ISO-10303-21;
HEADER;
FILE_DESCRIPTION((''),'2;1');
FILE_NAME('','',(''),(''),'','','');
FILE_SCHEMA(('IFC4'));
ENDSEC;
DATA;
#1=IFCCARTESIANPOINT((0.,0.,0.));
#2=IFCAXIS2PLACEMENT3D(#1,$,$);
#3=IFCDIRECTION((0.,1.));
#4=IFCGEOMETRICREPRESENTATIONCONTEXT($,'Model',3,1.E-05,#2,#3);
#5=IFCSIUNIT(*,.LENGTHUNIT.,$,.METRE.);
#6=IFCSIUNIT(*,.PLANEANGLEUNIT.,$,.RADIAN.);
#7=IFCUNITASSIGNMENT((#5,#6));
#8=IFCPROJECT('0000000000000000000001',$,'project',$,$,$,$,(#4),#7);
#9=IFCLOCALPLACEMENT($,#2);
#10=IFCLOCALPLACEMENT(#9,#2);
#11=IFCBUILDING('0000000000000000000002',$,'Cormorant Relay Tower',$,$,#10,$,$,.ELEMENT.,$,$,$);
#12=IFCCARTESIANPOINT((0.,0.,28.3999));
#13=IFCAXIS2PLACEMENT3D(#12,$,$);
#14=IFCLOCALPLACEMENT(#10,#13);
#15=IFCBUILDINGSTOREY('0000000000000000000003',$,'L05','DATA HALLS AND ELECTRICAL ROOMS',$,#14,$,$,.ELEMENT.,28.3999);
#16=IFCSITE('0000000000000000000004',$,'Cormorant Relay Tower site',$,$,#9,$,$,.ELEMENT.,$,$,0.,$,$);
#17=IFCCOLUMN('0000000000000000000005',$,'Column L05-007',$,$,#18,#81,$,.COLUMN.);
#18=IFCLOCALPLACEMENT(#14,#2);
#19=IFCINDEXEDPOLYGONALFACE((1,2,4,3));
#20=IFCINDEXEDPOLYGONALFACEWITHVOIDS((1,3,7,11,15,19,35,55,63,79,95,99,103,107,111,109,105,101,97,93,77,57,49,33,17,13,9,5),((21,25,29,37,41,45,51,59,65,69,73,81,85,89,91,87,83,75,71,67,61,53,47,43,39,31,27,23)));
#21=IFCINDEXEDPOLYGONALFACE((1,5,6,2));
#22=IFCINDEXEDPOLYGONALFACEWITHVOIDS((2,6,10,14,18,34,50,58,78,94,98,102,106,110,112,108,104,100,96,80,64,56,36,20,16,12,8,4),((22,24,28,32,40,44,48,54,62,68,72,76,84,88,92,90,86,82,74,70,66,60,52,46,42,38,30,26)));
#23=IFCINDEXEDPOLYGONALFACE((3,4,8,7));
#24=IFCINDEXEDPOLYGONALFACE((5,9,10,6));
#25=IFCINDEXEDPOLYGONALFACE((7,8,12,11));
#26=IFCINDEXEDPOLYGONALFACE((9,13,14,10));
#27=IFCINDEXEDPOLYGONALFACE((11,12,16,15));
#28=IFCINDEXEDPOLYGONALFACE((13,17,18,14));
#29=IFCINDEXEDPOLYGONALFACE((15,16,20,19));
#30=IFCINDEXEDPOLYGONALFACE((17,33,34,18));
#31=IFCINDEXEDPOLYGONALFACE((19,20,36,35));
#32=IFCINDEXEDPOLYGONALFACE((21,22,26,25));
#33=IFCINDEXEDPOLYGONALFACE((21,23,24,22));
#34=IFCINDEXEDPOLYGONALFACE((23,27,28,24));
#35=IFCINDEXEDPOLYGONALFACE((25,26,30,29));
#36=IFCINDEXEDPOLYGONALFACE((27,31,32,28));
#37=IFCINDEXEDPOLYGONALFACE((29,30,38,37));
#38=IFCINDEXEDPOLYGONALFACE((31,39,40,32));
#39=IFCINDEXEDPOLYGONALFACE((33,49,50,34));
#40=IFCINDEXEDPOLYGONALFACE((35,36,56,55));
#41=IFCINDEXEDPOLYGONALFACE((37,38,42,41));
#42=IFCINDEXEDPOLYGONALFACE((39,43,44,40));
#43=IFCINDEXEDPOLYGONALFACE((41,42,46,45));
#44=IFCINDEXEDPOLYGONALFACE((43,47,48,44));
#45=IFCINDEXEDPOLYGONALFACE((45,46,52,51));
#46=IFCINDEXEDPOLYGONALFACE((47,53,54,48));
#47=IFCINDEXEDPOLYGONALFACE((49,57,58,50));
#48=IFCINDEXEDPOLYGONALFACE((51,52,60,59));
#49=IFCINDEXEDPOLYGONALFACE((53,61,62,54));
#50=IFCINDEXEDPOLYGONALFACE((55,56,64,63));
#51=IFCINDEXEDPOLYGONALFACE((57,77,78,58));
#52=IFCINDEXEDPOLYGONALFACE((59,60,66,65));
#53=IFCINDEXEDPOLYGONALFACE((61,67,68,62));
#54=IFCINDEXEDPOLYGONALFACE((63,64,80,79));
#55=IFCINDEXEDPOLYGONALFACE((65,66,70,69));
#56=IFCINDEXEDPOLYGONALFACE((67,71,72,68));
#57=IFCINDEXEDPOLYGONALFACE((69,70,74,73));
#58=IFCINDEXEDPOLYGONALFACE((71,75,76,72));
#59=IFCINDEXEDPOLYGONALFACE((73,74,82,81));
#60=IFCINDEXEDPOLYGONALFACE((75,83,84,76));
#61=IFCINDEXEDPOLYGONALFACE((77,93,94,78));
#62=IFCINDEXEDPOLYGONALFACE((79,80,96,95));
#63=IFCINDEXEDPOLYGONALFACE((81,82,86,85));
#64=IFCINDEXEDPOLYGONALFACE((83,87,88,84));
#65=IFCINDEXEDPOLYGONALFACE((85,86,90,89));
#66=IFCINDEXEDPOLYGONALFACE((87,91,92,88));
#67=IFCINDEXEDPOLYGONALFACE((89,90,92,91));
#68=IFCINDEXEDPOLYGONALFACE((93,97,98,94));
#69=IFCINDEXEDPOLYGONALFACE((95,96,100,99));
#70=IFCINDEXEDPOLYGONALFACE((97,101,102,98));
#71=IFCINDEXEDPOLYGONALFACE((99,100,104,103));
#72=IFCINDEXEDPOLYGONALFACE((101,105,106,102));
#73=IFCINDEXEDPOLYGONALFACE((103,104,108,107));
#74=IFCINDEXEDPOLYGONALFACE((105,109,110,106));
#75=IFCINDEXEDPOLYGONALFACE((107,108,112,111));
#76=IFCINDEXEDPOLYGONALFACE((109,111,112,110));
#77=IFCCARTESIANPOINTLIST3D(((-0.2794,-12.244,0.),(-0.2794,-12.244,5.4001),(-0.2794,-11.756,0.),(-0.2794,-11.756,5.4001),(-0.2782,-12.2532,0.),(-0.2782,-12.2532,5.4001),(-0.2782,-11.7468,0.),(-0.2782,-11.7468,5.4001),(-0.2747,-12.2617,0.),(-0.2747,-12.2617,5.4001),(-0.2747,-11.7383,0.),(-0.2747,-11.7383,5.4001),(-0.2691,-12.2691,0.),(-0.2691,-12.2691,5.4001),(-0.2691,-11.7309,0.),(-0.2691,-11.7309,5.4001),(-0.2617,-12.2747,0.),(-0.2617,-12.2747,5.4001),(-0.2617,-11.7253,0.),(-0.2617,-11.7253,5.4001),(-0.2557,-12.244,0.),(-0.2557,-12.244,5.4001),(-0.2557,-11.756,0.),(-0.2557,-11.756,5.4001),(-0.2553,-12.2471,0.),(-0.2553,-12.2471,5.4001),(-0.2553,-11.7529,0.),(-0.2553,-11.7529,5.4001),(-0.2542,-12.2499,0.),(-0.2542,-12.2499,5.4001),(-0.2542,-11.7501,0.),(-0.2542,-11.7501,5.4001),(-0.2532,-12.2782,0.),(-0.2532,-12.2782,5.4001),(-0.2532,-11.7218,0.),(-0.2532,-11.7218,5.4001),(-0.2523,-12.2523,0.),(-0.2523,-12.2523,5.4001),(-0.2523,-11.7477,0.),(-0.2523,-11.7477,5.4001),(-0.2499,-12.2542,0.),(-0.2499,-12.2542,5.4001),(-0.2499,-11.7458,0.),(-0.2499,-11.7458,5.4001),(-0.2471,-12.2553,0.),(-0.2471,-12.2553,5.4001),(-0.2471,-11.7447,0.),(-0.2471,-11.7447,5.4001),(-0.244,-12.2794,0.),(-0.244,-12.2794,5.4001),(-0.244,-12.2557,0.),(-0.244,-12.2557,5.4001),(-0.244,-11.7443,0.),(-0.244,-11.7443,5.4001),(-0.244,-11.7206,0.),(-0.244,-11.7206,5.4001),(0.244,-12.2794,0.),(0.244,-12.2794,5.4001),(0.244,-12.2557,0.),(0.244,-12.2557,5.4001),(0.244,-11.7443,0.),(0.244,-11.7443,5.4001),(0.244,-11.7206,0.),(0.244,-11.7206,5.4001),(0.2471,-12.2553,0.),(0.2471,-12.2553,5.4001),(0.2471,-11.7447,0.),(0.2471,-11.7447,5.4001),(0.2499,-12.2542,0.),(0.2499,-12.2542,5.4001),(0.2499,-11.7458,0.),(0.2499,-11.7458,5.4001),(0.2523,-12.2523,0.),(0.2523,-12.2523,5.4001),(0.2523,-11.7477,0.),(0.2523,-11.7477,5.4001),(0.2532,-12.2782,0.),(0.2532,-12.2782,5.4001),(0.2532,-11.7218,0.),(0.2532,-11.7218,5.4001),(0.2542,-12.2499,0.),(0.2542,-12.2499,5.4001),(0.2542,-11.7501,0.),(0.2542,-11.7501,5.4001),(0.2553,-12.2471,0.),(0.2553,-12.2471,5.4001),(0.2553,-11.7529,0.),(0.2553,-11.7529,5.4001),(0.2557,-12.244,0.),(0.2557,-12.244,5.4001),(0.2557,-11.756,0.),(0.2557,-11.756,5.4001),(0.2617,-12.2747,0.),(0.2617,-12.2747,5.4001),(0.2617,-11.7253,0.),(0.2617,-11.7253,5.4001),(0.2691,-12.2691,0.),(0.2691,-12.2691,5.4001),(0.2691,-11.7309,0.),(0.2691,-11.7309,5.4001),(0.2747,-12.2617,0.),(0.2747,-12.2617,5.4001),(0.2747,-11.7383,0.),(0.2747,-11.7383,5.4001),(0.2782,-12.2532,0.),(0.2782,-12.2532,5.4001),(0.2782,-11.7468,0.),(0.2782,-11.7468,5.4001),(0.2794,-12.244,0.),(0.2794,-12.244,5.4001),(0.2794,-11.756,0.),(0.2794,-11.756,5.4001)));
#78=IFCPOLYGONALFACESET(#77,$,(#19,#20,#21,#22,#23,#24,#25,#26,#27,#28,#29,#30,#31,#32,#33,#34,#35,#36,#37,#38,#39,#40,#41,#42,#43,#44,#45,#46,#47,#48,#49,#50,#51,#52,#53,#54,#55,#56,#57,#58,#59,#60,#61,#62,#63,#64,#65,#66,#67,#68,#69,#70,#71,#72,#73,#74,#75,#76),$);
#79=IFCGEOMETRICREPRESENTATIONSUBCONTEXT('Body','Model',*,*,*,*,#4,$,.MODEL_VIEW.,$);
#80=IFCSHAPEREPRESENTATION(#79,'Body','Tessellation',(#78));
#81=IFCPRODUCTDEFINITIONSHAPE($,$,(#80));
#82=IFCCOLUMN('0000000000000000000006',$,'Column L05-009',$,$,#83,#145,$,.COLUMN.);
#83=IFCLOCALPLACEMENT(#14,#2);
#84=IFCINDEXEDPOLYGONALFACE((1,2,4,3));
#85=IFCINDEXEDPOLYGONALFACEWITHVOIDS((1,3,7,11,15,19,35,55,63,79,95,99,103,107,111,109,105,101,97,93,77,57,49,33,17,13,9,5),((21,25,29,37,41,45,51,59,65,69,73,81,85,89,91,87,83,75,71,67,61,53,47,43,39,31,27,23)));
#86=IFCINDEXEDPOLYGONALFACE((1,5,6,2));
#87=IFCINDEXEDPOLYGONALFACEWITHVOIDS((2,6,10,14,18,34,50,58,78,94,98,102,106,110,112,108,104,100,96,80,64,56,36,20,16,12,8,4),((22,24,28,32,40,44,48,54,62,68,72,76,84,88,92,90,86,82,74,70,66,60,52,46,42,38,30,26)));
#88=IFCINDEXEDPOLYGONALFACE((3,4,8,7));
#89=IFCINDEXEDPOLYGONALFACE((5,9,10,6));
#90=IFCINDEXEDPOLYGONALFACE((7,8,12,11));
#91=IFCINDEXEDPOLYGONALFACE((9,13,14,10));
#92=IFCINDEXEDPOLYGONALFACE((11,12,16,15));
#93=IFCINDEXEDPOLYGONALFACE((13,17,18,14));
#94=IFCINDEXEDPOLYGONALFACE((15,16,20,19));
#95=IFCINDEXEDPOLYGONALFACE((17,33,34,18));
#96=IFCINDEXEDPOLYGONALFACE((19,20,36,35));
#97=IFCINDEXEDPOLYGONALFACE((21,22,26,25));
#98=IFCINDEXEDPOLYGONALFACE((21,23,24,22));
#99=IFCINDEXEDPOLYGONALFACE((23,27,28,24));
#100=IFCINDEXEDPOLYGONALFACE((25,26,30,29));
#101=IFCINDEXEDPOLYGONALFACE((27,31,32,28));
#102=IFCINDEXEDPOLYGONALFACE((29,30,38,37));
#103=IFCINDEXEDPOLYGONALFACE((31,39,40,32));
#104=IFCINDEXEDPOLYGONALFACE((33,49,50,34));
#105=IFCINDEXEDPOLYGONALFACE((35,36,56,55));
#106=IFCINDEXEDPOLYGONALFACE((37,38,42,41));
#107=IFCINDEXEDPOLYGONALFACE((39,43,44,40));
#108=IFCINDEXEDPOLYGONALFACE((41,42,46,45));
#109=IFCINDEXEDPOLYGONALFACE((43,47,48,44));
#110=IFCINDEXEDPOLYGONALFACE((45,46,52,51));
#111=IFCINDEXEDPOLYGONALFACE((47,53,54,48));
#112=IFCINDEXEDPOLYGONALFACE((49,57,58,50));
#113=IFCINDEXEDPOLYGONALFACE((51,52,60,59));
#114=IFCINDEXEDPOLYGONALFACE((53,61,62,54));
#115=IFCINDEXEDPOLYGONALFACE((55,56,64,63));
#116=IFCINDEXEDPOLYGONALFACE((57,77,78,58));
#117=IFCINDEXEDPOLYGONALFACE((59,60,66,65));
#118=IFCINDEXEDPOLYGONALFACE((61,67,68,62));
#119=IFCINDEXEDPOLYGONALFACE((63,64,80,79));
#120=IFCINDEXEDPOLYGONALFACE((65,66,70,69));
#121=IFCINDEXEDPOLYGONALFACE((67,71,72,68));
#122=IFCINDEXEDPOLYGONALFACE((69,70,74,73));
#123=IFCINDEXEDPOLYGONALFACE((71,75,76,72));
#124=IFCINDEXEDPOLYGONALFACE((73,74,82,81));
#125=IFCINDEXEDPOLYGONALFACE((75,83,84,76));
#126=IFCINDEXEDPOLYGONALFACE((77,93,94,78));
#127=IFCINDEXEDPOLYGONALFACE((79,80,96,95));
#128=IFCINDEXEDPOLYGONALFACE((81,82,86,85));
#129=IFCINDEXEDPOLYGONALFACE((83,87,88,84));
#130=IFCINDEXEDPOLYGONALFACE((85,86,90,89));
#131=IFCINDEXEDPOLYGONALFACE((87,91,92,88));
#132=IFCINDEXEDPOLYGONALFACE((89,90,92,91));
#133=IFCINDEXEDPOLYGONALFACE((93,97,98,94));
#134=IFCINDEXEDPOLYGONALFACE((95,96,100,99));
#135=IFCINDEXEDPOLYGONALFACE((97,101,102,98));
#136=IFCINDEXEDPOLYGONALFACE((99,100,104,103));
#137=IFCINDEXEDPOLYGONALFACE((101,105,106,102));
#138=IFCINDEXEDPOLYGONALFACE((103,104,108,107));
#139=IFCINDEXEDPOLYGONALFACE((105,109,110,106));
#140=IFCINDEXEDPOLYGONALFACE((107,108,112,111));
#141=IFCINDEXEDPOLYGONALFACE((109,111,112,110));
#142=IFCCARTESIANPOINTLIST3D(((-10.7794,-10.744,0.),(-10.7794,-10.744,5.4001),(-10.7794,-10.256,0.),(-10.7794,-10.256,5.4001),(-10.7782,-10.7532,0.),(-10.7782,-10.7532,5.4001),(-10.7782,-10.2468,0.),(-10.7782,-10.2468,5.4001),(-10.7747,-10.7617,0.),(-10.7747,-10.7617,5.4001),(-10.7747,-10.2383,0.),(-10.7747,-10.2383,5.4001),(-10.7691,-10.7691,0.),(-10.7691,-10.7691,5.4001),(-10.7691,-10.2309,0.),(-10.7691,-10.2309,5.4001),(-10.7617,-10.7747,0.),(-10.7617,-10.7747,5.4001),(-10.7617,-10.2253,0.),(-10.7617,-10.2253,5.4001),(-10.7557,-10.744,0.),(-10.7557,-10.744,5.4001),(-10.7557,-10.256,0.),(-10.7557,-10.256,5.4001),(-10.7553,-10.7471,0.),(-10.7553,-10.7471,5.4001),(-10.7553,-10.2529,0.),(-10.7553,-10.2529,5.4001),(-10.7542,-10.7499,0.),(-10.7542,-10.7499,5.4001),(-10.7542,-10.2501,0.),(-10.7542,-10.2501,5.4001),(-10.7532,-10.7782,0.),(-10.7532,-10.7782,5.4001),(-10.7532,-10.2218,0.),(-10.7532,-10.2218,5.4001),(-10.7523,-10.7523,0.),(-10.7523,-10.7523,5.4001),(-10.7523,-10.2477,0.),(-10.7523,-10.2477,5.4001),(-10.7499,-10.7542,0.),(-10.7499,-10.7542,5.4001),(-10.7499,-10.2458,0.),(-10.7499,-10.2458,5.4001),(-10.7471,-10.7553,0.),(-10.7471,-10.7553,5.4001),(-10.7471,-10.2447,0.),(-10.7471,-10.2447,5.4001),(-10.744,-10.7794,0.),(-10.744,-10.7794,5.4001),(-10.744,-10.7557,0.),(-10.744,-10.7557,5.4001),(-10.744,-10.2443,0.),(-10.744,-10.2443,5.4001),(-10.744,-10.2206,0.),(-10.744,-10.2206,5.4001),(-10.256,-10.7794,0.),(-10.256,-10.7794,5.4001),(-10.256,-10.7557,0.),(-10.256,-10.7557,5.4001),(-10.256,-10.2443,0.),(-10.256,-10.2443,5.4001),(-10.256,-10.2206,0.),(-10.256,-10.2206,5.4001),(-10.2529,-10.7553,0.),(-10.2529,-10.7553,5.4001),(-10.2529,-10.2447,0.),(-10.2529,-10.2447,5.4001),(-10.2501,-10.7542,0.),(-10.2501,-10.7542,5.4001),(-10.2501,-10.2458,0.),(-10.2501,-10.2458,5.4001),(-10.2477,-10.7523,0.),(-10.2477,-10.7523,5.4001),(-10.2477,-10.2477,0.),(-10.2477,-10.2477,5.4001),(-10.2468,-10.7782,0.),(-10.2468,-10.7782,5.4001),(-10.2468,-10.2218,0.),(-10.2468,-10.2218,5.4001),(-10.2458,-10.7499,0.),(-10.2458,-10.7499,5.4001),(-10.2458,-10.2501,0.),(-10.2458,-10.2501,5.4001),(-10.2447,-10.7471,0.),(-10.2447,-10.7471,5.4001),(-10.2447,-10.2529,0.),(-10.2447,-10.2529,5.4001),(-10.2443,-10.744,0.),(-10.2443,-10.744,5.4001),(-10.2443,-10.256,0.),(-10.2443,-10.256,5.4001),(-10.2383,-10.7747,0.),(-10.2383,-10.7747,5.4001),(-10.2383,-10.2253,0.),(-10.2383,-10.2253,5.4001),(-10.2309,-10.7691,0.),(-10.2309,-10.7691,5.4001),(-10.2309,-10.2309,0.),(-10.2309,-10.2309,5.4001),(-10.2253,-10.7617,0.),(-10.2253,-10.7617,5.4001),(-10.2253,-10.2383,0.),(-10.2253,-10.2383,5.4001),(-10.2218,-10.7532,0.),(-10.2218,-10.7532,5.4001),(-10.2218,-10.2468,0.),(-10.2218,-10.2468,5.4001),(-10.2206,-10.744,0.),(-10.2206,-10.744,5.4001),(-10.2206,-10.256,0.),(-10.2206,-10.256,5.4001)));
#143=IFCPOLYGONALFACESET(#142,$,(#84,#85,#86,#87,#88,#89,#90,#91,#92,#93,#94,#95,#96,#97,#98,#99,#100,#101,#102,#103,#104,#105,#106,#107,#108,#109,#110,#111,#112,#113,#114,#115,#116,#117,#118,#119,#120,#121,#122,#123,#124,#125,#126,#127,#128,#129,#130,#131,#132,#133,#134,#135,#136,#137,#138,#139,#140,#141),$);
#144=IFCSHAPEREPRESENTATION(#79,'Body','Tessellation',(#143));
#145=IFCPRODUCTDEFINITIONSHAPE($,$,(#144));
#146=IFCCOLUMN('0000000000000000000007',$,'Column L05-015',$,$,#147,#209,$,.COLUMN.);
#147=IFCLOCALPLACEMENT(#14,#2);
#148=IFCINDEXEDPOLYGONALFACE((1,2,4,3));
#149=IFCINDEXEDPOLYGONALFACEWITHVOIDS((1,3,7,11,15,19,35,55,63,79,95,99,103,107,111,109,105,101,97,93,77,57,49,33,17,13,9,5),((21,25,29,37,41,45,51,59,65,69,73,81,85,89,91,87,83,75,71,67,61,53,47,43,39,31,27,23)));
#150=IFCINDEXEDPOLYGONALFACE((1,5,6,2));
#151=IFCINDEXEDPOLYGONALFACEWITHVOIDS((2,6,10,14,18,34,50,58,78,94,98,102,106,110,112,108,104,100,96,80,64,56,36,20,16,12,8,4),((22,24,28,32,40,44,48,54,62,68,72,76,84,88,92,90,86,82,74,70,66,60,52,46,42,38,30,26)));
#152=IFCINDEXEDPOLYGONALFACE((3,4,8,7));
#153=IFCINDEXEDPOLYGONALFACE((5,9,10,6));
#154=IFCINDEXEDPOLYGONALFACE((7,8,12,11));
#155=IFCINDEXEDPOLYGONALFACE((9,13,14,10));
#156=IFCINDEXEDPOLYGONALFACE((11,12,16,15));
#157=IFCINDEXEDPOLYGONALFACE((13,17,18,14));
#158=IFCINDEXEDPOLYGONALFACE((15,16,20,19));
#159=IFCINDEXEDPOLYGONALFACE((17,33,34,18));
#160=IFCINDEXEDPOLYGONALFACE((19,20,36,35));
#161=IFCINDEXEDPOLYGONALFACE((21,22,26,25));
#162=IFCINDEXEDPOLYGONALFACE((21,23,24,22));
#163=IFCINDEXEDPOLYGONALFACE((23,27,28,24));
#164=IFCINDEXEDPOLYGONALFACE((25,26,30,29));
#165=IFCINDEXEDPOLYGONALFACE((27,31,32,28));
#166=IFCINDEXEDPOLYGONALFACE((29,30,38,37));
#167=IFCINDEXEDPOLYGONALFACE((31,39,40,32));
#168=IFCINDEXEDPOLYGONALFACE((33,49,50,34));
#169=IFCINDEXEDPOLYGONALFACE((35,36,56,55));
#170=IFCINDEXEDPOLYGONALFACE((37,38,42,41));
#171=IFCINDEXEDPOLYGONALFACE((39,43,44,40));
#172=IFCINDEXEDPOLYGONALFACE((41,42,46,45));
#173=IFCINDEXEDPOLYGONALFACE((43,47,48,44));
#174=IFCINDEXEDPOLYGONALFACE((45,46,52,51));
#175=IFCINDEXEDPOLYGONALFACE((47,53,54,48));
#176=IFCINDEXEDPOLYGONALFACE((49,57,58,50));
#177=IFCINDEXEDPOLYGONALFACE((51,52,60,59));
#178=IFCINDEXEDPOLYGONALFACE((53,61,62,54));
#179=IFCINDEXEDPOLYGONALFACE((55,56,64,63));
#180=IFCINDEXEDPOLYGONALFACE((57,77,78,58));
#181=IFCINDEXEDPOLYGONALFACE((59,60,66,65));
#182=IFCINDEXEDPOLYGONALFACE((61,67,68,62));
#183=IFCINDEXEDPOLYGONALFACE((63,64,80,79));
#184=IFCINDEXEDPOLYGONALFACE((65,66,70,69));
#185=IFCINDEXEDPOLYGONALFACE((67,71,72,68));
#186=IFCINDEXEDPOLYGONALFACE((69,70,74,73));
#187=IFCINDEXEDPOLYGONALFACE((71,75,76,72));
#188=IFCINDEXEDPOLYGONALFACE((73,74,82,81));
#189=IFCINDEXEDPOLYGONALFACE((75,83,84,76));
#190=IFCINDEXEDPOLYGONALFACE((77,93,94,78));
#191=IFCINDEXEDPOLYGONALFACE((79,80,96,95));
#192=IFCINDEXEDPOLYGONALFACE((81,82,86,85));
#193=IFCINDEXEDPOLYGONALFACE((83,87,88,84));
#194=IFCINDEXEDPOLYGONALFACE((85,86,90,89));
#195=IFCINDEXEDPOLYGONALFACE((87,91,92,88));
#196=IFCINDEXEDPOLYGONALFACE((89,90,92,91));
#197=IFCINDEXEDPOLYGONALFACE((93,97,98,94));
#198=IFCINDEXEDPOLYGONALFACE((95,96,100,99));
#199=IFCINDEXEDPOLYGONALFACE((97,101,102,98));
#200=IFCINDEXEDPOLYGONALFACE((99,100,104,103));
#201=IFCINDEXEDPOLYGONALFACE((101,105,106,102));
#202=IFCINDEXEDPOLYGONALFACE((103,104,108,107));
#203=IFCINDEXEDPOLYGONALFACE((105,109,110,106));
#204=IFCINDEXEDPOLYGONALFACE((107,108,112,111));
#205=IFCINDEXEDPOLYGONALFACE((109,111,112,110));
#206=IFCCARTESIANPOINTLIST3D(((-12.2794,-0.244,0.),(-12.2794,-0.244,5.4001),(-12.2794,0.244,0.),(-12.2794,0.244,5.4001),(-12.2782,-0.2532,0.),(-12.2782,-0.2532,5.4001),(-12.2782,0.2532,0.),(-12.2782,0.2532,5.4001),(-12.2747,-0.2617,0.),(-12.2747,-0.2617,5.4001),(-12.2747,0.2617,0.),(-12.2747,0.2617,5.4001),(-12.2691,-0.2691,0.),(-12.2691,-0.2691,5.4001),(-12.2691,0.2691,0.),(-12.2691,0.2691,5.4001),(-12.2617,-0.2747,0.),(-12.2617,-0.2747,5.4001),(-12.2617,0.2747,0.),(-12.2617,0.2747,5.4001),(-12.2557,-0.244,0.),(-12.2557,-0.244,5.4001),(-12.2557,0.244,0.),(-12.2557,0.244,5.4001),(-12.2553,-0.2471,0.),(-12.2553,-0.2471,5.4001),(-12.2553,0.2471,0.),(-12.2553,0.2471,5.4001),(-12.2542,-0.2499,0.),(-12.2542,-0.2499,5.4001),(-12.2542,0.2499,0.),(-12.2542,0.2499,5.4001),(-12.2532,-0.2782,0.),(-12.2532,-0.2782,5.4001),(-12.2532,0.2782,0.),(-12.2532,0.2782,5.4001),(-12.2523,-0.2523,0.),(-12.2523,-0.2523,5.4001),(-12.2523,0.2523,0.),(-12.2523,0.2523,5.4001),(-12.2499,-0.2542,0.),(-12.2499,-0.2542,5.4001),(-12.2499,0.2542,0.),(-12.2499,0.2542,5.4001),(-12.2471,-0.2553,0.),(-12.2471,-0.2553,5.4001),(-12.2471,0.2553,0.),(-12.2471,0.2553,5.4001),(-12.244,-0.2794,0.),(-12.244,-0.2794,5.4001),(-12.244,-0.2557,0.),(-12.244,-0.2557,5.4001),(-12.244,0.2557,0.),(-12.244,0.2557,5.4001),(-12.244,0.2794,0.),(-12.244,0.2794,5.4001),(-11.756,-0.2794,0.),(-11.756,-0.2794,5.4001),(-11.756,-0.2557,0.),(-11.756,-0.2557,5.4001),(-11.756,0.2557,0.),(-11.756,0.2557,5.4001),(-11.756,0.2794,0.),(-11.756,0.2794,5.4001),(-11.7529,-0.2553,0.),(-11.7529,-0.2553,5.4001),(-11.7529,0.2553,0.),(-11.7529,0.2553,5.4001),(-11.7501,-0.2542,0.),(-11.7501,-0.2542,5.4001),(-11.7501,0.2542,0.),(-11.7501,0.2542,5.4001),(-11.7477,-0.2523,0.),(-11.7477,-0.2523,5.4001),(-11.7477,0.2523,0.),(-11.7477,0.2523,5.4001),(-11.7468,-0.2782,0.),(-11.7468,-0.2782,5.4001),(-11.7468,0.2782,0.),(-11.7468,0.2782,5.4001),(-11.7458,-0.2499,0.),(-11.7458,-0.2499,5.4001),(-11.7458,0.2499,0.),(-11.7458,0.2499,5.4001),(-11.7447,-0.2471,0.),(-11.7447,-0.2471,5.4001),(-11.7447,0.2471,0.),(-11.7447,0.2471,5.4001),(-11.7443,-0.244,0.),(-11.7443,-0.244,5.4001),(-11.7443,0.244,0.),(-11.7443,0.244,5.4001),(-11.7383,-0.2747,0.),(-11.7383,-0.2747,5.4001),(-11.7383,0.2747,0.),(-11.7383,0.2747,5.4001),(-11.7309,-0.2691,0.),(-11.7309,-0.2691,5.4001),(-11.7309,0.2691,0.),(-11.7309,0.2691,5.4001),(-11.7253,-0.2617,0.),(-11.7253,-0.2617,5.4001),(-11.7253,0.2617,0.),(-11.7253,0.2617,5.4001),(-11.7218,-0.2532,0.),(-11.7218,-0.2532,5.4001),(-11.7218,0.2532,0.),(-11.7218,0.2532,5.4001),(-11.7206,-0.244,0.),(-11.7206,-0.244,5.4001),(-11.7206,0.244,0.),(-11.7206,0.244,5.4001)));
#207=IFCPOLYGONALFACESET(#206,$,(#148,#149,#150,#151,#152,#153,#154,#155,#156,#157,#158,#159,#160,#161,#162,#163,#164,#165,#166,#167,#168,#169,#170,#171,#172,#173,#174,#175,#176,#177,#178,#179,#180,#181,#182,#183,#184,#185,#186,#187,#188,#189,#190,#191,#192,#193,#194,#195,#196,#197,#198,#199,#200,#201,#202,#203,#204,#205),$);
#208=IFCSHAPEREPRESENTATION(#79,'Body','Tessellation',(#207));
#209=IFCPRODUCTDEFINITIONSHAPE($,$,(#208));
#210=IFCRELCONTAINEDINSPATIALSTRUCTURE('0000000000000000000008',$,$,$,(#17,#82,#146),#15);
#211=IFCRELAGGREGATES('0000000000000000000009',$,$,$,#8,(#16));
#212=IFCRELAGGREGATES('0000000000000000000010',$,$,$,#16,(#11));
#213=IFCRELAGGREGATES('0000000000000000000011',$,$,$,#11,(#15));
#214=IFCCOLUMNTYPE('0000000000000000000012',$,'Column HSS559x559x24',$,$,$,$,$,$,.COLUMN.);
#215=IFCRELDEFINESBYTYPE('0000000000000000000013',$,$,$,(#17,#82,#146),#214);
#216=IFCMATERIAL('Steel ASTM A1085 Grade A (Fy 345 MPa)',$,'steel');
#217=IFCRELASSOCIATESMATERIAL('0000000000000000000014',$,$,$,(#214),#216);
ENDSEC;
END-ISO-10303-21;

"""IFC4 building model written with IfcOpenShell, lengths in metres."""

from ifc_helpers import new_model, si_unit, direction, frame, origin, origin_2d, place, context, subcontext, project, spatial, hollow_rectangle, extrude, material, material_profile, profile_set, type_object, element, save


model = new_model("IFC4")

# Units and contexts
model_context = context("Model", 3, precision=1e-05, world=origin(), true_north=direction((0.0, 1.0)))
body_context = subcontext(model_context, "Body", "Model", "MODEL_VIEW")
ifc_project = project(units=[si_unit("LENGTHUNIT", "METRE"), si_unit("PLANEANGLEUNIT", "RADIAN")], contexts=[model_context])

# Site, building, storey
site_placement = place(None, origin())
site = spatial("IfcSite", under=ifc_project, at=site_placement, Name="Cormorant Relay Tower site", CompositionType="ELEMENT", RefElevation=0.0)
building_placement = place(site_placement, origin())
building = spatial("IfcBuilding", under=site, at=building_placement, Name="Cormorant Relay Tower", CompositionType="ELEMENT")
storey_placement = place(building_placement, frame((0.0, 0.0, 28.3999)))
storey = spatial("IfcBuildingStorey", under=building, at=storey_placement, Name="L05", Description="DATA HALLS AND ELECTRICAL ROOMS", CompositionType="ELEMENT", Elevation=28.3999)

# Columns
ifc_material_1 = material(Name="Steel ASTM A1085 Grade A (Fy 345 MPa)", Category="steel")
ifc_material_profile = material_profile(ifc_material_1, hollow_rectangle(XDim=0.5588, YDim=0.5588, WallThickness=0.0237, InnerFilletRadius=0.0117, OuterFilletRadius=0.0354, at=origin_2d()), Name="HSS559x559x24")
ifc_profile_set = profile_set([ifc_material_profile], Name="Steel ASTM A1085 Grade A (Fy 345 MPa)")
column_type = type_object("IfcColumnType", Name="Column HSS559x559x24", PredefinedType="COLUMN", material=ifc_profile_set)
for number, where, z_axis, x_axis, name in (
    (1, (0.0, -12.0, 0.0), (0.0, 0.0, 1.0), (1.0, 0.0, 0.0), "Column L05-007"),
    (2, (-10.5, -10.5, 0.0), (0.0, 0.0, 1.0), (1.0, 0.0, 0.0), "Column L05-009"),
    (3, (-12.0, 0.0, 0.0), (0.0, 0.0, 1.0), (1.0, 0.0, 0.0), "Column L05-015"),
):
    element("IfcColumn", number, at=place(storey_placement, frame(where, z_axis=z_axis, x_axis=x_axis)), inside=storey, type_object=column_type, Name=name, PredefinedType="COLUMN", context=body_context, shape_type="SweptSolid", body=[
        extrude(hollow_rectangle(XDim=0.5588, YDim=0.5588, WallThickness=0.0237, InnerFilletRadius=0.0117, OuterFilletRadius=0.0354, at=origin_2d()), origin(), (0.0, 0.0, 1.0), 5.4001),
    ])

save(model, "model.ifc")
